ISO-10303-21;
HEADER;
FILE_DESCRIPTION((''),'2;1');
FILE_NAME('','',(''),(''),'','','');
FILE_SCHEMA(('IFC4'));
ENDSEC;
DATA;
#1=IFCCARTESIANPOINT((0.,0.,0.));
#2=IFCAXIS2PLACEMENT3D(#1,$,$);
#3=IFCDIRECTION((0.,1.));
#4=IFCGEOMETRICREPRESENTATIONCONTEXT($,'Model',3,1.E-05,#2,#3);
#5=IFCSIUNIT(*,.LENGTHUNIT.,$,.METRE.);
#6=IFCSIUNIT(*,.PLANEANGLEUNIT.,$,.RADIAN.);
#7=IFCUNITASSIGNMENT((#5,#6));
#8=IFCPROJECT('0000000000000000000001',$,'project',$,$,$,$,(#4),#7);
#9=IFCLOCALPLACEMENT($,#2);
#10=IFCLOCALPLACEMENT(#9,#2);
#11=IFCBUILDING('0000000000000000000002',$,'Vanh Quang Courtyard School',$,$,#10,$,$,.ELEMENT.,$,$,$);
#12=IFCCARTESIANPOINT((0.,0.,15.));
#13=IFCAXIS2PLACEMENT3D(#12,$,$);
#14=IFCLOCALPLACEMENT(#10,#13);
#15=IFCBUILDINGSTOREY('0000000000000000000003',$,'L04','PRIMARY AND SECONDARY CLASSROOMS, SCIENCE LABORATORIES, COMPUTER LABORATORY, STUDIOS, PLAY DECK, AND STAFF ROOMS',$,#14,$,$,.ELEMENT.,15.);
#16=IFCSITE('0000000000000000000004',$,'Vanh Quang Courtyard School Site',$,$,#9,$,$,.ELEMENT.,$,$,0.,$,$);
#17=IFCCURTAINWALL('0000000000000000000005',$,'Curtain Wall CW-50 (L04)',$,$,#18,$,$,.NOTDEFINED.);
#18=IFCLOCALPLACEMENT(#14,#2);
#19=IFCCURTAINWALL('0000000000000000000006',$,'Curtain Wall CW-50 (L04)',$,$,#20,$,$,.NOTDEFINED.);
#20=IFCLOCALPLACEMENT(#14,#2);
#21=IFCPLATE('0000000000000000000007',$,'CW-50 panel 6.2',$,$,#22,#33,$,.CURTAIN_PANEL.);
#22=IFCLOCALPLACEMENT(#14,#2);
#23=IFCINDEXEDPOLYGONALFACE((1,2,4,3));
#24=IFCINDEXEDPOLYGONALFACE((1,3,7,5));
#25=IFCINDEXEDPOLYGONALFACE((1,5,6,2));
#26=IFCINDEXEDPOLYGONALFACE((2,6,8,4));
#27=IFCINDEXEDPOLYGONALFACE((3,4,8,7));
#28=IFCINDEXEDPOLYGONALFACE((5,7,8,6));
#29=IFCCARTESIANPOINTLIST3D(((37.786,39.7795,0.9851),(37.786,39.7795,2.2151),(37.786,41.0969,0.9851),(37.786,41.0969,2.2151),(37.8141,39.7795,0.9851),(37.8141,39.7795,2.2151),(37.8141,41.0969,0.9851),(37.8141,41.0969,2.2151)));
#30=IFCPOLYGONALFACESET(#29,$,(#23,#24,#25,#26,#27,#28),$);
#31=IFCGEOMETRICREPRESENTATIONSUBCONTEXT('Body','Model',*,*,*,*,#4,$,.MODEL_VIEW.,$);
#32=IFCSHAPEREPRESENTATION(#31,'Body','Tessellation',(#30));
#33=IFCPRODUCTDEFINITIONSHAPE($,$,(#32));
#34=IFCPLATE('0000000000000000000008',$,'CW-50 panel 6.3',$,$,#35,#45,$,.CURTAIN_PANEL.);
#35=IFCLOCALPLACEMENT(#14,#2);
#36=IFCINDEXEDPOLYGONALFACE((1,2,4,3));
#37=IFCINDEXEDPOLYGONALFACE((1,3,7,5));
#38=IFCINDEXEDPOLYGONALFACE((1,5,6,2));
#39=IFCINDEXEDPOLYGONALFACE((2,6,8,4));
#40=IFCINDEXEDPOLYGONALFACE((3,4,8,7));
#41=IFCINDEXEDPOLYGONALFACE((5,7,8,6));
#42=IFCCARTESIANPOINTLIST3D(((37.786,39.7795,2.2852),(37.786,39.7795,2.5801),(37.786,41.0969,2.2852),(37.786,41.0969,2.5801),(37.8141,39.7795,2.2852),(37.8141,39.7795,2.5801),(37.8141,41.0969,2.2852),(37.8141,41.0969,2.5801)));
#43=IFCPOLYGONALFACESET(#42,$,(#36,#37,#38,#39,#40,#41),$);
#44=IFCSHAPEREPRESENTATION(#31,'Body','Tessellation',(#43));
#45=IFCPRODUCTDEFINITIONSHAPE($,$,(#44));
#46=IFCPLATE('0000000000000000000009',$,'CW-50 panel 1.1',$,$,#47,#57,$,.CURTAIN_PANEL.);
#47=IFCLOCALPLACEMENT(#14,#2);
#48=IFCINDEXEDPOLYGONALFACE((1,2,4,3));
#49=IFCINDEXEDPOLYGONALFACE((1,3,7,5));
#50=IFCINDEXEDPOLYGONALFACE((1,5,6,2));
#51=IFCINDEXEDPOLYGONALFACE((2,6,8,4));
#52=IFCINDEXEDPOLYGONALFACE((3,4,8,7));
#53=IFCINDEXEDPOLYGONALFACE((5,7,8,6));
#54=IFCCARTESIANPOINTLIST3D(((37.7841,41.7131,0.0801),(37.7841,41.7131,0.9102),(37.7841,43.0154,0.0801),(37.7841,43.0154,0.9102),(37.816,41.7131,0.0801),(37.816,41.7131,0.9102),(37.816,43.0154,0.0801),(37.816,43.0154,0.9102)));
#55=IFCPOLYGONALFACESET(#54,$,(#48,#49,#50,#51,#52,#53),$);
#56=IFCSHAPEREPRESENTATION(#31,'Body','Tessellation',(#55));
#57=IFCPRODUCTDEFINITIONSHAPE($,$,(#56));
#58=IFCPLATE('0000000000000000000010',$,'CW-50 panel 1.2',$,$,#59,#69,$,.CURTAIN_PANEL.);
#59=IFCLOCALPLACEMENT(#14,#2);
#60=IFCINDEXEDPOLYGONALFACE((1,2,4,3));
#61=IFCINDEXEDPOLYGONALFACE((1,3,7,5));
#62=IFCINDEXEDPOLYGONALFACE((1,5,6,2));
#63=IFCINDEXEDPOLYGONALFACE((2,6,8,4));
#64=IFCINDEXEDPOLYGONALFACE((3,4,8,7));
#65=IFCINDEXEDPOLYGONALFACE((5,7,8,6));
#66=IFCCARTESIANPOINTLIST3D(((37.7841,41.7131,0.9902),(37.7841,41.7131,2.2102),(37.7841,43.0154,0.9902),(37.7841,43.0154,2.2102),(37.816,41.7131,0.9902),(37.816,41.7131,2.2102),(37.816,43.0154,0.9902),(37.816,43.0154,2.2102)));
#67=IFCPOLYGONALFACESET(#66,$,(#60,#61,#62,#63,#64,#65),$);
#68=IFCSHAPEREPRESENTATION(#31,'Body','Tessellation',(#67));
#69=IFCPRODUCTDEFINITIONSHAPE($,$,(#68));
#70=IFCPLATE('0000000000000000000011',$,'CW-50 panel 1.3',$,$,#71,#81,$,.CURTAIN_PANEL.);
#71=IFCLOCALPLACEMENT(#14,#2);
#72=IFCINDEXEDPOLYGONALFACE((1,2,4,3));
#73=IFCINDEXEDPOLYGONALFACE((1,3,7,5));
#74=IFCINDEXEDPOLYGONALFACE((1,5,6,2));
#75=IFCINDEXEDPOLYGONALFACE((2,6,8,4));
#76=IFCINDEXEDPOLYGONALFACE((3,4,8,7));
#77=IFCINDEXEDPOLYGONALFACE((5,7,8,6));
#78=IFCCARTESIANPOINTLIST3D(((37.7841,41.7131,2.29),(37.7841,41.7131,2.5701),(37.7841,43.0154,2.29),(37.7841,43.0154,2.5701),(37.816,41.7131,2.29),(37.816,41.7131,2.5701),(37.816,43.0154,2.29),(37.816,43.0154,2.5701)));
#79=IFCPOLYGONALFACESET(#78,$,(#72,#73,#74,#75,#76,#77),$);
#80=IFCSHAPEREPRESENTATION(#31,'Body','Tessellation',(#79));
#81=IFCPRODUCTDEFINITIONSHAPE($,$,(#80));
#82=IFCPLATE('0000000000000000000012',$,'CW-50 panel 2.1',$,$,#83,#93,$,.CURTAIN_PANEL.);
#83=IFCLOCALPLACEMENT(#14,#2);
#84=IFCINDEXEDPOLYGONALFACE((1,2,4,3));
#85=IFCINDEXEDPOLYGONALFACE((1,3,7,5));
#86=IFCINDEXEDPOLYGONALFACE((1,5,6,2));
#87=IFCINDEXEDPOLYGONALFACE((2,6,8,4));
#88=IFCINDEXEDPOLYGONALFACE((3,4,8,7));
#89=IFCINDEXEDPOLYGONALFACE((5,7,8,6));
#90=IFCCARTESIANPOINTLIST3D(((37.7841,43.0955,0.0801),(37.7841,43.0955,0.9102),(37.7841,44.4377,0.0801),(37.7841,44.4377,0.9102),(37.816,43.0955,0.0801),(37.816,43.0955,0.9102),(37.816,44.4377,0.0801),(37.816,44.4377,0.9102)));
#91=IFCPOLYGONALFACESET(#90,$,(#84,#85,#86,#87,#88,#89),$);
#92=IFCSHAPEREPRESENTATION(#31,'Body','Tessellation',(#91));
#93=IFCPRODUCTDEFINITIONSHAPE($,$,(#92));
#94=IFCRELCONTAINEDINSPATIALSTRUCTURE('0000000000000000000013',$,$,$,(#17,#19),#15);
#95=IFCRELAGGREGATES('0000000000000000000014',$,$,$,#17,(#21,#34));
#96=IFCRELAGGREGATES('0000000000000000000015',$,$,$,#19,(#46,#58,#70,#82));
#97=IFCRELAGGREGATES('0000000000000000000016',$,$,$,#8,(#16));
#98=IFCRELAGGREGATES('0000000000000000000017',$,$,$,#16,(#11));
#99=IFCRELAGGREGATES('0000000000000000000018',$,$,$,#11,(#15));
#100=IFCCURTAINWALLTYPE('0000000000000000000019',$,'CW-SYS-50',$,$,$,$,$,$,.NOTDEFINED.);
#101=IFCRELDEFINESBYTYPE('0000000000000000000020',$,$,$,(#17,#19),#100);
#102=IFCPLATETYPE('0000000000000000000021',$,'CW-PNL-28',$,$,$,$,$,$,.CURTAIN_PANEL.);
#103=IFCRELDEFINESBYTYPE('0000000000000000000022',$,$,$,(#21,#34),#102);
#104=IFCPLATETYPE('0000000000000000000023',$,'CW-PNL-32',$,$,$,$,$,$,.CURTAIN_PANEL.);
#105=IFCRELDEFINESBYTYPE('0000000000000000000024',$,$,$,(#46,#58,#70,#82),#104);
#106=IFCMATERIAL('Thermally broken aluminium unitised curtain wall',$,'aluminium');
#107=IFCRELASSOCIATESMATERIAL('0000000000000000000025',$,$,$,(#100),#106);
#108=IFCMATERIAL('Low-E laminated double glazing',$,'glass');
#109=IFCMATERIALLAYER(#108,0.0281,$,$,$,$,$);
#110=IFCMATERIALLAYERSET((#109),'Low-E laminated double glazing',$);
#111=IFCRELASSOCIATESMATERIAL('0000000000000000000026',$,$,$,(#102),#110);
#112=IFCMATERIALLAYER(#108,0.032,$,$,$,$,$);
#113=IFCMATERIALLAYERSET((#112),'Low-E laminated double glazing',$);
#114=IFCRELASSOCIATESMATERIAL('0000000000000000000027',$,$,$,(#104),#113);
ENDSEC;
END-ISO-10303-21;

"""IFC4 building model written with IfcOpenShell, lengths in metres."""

from ifc_helpers import new_model, si_unit, direction, frame, origin, origin_2d, place, context, subcontext, project, spatial, rectangle, extrude, material, layer, layer_set, type_object, element, aggregate, save


model = new_model("IFC4")

# Units and contexts
model_context = context("Model", 3, precision=1e-05, world=origin(), true_north=direction((0.0, 1.0)))
body_context = subcontext(model_context, "Body", "Model", "MODEL_VIEW")
ifc_project = project(units=[si_unit("LENGTHUNIT", "METRE"), si_unit("PLANEANGLEUNIT", "RADIAN")], contexts=[model_context])

# Site, building, storey
site_placement = place(None, origin())
site = spatial("IfcSite", under=ifc_project, at=site_placement, Name="Vanh Quang Courtyard School Site", CompositionType="ELEMENT", RefElevation=0.0)
building_placement = place(site_placement, origin())
building = spatial("IfcBuilding", under=site, at=building_placement, Name="Vanh Quang Courtyard School", CompositionType="ELEMENT")
storey_placement = place(building_placement, frame((0.0, 0.0, 15.0)))
storey = spatial("IfcBuildingStorey", under=building, at=storey_placement, Name="L04", Description="PRIMARY AND SECONDARY CLASSROOMS, SCIENCE LABORATORIES, COMPUTER LABORATORY, STUDIOS, PLAY DECK, AND STAFF ROOMS", CompositionType="ELEMENT", Elevation=15.0)

# Curtain wall
ifc_material_1 = material(Name="Thermally broken aluminium unitised curtain wall", Category="aluminium")
curtain_wall_type = type_object("IfcCurtainWallType", Name="CW-SYS-50", PredefinedType="NOTDEFINED", material=ifc_material_1)
curtain_wall_1_placement = place(storey_placement, origin())
curtain_wall_1 = element("IfcCurtainWall", 1, at=curtain_wall_1_placement, inside=storey, type_object=curtain_wall_type, Name="Curtain Wall CW-50 (L04)", PredefinedType="NOTDEFINED")

# Curtain wall
curtain_wall_2_placement = place(storey_placement, origin())
curtain_wall_2 = element("IfcCurtainWall", 2, at=curtain_wall_2_placement, inside=storey, type_object=curtain_wall_type, Name="Curtain Wall CW-50 (L04)", PredefinedType="NOTDEFINED")

# Plates
ifc_material_2 = material(Name="Low-E laminated double glazing", Category="glass")
ifc_layer_1 = layer(ifc_material_2, 0.0281)
ifc_layer_set_1 = layer_set([ifc_layer_1], Name="Low-E laminated double glazing")
plate_type_1 = type_object("IfcPlateType", Name="CW-PNL-28", PredefinedType="CURTAIN_PANEL", material=ifc_layer_set_1)
plate_1_placement = place(storey_placement, frame((37.8, 40.4382, 0.9851), z_axis=(0.0, 0.0, 1.0), x_axis=(0.0, 1.0, 0.0)))
plate_1 = element("IfcPlate", 3, at=plate_1_placement, type_object=plate_type_1, Name="CW-50 panel 6.2", PredefinedType="CURTAIN_PANEL", context=body_context, shape_type="SweptSolid", body=[
    extrude(rectangle(XDim=1.3174, YDim=0.0281, at=origin_2d()), origin(), (0.0, 0.0, 1.0), 1.23),
])
plate_2_placement = place(storey_placement, frame((37.8, 40.4382, 2.2852), z_axis=(0.0, 0.0, 1.0), x_axis=(0.0, 1.0, 0.0)))
plate_2 = element("IfcPlate", 4, at=plate_2_placement, type_object=plate_type_1, Name="CW-50 panel 6.3", PredefinedType="CURTAIN_PANEL", context=body_context, shape_type="SweptSolid", body=[
    extrude(rectangle(XDim=1.3174, YDim=0.0281, at=origin_2d()), origin(), (0.0, 0.0, 1.0), 0.2949),
])
aggregate(curtain_wall_1, [plate_1, plate_2])
ifc_layer_2 = layer(ifc_material_2, 0.032)
ifc_layer_set_2 = layer_set([ifc_layer_2], Name="Low-E laminated double glazing")
plate_type_2 = type_object("IfcPlateType", Name="CW-PNL-32", PredefinedType="CURTAIN_PANEL", material=ifc_layer_set_2)
plate_3_placement = place(storey_placement, frame((37.8, 42.3643, 0.0801), z_axis=(0.0, 0.0, 1.0), x_axis=(0.0, 1.0, 0.0)))
plate_3 = element("IfcPlate", 5, at=plate_3_placement, type_object=plate_type_2, Name="CW-50 panel 1.1", PredefinedType="CURTAIN_PANEL", context=body_context, shape_type="SweptSolid", body=[
    extrude(rectangle(XDim=1.3022, YDim=0.032, at=origin_2d()), origin(), (0.0, 0.0, 1.0), 0.8301),
])
plate_4_placement = place(storey_placement, frame((37.8, 42.3643, 0.9902), z_axis=(0.0, 0.0, 1.0), x_axis=(0.0, 1.0, 0.0)))
plate_4 = element("IfcPlate", 6, at=plate_4_placement, type_object=plate_type_2, Name="CW-50 panel 1.2", PredefinedType="CURTAIN_PANEL", context=body_context, shape_type="SweptSolid", body=[
    extrude(rectangle(XDim=1.3022, YDim=0.032, at=origin_2d()), origin(), (0.0, 0.0, 1.0), 1.22),
])
plate_5_placement = place(storey_placement, frame((37.8, 42.3643, 2.29), z_axis=(0.0, 0.0, 1.0), x_axis=(0.0, 1.0, 0.0)))
plate_5 = element("IfcPlate", 7, at=plate_5_placement, type_object=plate_type_2, Name="CW-50 panel 1.3", PredefinedType="CURTAIN_PANEL", context=body_context, shape_type="SweptSolid", body=[
    extrude(rectangle(XDim=1.3022, YDim=0.032, at=origin_2d()), origin(), (0.0, 0.0, 1.0), 0.28),
])
plate_6_placement = place(storey_placement, frame((37.8, 43.7666, 0.0801), z_axis=(0.0, 0.0, 1.0), x_axis=(0.0, 1.0, 0.0)))
plate_6 = element("IfcPlate", 8, at=plate_6_placement, type_object=plate_type_2, Name="CW-50 panel 2.1", PredefinedType="CURTAIN_PANEL", context=body_context, shape_type="SweptSolid", body=[
    extrude(rectangle(XDim=1.3423, YDim=0.032, at=origin_2d()), origin(), (0.0, 0.0, 1.0), 0.8301),
])
aggregate(curtain_wall_2, [plate_3, plate_4, plate_5, plate_6])

save(model, "model.ifc")
